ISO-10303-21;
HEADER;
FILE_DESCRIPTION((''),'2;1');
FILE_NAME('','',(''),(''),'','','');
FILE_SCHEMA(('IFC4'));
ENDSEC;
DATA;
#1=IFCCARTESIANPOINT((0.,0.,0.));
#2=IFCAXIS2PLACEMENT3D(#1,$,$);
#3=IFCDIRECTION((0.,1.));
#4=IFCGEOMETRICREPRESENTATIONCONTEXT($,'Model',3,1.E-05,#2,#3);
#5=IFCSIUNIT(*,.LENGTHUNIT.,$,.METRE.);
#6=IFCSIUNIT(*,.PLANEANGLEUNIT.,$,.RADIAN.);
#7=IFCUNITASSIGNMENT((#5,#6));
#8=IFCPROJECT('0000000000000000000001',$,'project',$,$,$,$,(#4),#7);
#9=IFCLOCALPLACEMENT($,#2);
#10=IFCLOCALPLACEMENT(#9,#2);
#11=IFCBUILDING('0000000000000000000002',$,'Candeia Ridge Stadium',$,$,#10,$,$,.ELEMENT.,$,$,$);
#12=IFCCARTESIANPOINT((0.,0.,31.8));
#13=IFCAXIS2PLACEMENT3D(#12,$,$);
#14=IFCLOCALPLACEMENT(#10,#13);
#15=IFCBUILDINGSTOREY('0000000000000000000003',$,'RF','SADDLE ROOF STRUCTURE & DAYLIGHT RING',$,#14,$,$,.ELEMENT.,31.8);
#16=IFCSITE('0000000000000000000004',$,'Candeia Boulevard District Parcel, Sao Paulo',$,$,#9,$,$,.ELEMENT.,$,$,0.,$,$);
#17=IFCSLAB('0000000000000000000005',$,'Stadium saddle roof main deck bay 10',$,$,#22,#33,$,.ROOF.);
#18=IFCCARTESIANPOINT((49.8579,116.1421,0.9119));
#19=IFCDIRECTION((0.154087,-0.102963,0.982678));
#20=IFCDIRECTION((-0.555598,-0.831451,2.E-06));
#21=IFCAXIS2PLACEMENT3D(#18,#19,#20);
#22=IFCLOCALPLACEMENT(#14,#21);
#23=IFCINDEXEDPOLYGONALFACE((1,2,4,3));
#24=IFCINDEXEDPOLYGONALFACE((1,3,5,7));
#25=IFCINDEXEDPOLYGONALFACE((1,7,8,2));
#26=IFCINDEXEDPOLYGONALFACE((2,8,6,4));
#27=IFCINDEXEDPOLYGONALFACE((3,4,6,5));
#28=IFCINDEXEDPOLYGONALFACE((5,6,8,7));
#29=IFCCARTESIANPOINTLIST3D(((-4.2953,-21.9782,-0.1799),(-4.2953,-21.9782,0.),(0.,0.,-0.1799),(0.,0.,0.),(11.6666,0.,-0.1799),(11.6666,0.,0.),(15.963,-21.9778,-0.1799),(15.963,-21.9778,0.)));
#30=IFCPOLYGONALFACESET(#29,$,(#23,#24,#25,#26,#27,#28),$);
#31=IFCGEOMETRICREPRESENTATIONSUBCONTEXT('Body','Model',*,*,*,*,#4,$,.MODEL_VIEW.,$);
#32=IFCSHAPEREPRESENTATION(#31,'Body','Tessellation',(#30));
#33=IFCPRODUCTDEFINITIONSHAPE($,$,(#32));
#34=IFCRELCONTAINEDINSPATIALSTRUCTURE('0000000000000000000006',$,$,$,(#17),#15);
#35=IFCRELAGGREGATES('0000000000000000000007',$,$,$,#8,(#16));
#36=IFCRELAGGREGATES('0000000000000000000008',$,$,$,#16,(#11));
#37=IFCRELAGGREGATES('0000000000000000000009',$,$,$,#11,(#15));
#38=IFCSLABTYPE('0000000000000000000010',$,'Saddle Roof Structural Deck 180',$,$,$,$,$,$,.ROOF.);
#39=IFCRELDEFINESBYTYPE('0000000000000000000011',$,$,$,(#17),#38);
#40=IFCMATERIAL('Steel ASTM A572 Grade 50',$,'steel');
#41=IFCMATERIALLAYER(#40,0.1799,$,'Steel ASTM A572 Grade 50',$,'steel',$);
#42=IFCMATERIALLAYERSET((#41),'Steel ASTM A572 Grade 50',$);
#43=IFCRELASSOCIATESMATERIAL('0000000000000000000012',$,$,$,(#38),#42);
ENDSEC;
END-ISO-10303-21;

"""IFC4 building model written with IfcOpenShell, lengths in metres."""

from ifc_helpers import new_model, si_unit, direction, frame, origin, place, context, subcontext, project, spatial, polyline, outline, extrude, material, layer, layer_set, type_object, element, save


model = new_model("IFC4")

# Units and contexts
model_context = context("Model", 3, precision=1e-05, world=origin(), true_north=direction((0.0, 1.0)))
body_context = subcontext(model_context, "Body", "Model", "MODEL_VIEW")
ifc_project = project(units=[si_unit("LENGTHUNIT", "METRE"), si_unit("PLANEANGLEUNIT", "RADIAN")], contexts=[model_context])

# Site, building, storey
site_placement = place(None, origin())
site = spatial("IfcSite", under=ifc_project, at=site_placement, Name="Candeia Boulevard District Parcel, Sao Paulo", CompositionType="ELEMENT", RefElevation=0.0)
building_placement = place(site_placement, origin())
building = spatial("IfcBuilding", under=site, at=building_placement, Name="Candeia Ridge Stadium", CompositionType="ELEMENT")
storey_placement = place(building_placement, frame((0.0, 0.0, 31.8)))
storey = spatial("IfcBuildingStorey", under=building, at=storey_placement, Name="RF", Description="SADDLE ROOF STRUCTURE & DAYLIGHT RING", CompositionType="ELEMENT", Elevation=31.8)

# Shared definitions
ifc_material_1 = material(Name="Steel ASTM A572 Grade 50", Category="steel")

# Slab
ifc_layer_1 = layer(ifc_material_1, 0.1799, Name="Steel ASTM A572 Grade 50", Category="steel")
ifc_layer_set_1 = layer_set([ifc_layer_1], Name="Steel ASTM A572 Grade 50")
slab_type = type_object("IfcSlabType", Name="Saddle Roof Structural Deck 180", PredefinedType="ROOF", material=ifc_layer_set_1)
slab_1_placement = place(storey_placement, frame((49.8579, 116.1421, 0.9119), z_axis=(0.154087, -0.102963, 0.982678), x_axis=(-0.555598, -0.831451, 0.000002)))
element("IfcSlab", 1, at=slab_1_placement, inside=storey, type_object=slab_type, Name="Stadium saddle roof main deck bay 10", PredefinedType="ROOF", context=body_context, shape_type="SweptSolid", body=[
    extrude(outline(polyline([(0.0, 0.0), (11.6666, 0.0), (15.963, -21.9778), (-4.2953, -21.9782), (0.0, 0.0)])), origin(), (0.0, 0.0, -1.0), 0.1799),
])

save(model, "model.ifc")
